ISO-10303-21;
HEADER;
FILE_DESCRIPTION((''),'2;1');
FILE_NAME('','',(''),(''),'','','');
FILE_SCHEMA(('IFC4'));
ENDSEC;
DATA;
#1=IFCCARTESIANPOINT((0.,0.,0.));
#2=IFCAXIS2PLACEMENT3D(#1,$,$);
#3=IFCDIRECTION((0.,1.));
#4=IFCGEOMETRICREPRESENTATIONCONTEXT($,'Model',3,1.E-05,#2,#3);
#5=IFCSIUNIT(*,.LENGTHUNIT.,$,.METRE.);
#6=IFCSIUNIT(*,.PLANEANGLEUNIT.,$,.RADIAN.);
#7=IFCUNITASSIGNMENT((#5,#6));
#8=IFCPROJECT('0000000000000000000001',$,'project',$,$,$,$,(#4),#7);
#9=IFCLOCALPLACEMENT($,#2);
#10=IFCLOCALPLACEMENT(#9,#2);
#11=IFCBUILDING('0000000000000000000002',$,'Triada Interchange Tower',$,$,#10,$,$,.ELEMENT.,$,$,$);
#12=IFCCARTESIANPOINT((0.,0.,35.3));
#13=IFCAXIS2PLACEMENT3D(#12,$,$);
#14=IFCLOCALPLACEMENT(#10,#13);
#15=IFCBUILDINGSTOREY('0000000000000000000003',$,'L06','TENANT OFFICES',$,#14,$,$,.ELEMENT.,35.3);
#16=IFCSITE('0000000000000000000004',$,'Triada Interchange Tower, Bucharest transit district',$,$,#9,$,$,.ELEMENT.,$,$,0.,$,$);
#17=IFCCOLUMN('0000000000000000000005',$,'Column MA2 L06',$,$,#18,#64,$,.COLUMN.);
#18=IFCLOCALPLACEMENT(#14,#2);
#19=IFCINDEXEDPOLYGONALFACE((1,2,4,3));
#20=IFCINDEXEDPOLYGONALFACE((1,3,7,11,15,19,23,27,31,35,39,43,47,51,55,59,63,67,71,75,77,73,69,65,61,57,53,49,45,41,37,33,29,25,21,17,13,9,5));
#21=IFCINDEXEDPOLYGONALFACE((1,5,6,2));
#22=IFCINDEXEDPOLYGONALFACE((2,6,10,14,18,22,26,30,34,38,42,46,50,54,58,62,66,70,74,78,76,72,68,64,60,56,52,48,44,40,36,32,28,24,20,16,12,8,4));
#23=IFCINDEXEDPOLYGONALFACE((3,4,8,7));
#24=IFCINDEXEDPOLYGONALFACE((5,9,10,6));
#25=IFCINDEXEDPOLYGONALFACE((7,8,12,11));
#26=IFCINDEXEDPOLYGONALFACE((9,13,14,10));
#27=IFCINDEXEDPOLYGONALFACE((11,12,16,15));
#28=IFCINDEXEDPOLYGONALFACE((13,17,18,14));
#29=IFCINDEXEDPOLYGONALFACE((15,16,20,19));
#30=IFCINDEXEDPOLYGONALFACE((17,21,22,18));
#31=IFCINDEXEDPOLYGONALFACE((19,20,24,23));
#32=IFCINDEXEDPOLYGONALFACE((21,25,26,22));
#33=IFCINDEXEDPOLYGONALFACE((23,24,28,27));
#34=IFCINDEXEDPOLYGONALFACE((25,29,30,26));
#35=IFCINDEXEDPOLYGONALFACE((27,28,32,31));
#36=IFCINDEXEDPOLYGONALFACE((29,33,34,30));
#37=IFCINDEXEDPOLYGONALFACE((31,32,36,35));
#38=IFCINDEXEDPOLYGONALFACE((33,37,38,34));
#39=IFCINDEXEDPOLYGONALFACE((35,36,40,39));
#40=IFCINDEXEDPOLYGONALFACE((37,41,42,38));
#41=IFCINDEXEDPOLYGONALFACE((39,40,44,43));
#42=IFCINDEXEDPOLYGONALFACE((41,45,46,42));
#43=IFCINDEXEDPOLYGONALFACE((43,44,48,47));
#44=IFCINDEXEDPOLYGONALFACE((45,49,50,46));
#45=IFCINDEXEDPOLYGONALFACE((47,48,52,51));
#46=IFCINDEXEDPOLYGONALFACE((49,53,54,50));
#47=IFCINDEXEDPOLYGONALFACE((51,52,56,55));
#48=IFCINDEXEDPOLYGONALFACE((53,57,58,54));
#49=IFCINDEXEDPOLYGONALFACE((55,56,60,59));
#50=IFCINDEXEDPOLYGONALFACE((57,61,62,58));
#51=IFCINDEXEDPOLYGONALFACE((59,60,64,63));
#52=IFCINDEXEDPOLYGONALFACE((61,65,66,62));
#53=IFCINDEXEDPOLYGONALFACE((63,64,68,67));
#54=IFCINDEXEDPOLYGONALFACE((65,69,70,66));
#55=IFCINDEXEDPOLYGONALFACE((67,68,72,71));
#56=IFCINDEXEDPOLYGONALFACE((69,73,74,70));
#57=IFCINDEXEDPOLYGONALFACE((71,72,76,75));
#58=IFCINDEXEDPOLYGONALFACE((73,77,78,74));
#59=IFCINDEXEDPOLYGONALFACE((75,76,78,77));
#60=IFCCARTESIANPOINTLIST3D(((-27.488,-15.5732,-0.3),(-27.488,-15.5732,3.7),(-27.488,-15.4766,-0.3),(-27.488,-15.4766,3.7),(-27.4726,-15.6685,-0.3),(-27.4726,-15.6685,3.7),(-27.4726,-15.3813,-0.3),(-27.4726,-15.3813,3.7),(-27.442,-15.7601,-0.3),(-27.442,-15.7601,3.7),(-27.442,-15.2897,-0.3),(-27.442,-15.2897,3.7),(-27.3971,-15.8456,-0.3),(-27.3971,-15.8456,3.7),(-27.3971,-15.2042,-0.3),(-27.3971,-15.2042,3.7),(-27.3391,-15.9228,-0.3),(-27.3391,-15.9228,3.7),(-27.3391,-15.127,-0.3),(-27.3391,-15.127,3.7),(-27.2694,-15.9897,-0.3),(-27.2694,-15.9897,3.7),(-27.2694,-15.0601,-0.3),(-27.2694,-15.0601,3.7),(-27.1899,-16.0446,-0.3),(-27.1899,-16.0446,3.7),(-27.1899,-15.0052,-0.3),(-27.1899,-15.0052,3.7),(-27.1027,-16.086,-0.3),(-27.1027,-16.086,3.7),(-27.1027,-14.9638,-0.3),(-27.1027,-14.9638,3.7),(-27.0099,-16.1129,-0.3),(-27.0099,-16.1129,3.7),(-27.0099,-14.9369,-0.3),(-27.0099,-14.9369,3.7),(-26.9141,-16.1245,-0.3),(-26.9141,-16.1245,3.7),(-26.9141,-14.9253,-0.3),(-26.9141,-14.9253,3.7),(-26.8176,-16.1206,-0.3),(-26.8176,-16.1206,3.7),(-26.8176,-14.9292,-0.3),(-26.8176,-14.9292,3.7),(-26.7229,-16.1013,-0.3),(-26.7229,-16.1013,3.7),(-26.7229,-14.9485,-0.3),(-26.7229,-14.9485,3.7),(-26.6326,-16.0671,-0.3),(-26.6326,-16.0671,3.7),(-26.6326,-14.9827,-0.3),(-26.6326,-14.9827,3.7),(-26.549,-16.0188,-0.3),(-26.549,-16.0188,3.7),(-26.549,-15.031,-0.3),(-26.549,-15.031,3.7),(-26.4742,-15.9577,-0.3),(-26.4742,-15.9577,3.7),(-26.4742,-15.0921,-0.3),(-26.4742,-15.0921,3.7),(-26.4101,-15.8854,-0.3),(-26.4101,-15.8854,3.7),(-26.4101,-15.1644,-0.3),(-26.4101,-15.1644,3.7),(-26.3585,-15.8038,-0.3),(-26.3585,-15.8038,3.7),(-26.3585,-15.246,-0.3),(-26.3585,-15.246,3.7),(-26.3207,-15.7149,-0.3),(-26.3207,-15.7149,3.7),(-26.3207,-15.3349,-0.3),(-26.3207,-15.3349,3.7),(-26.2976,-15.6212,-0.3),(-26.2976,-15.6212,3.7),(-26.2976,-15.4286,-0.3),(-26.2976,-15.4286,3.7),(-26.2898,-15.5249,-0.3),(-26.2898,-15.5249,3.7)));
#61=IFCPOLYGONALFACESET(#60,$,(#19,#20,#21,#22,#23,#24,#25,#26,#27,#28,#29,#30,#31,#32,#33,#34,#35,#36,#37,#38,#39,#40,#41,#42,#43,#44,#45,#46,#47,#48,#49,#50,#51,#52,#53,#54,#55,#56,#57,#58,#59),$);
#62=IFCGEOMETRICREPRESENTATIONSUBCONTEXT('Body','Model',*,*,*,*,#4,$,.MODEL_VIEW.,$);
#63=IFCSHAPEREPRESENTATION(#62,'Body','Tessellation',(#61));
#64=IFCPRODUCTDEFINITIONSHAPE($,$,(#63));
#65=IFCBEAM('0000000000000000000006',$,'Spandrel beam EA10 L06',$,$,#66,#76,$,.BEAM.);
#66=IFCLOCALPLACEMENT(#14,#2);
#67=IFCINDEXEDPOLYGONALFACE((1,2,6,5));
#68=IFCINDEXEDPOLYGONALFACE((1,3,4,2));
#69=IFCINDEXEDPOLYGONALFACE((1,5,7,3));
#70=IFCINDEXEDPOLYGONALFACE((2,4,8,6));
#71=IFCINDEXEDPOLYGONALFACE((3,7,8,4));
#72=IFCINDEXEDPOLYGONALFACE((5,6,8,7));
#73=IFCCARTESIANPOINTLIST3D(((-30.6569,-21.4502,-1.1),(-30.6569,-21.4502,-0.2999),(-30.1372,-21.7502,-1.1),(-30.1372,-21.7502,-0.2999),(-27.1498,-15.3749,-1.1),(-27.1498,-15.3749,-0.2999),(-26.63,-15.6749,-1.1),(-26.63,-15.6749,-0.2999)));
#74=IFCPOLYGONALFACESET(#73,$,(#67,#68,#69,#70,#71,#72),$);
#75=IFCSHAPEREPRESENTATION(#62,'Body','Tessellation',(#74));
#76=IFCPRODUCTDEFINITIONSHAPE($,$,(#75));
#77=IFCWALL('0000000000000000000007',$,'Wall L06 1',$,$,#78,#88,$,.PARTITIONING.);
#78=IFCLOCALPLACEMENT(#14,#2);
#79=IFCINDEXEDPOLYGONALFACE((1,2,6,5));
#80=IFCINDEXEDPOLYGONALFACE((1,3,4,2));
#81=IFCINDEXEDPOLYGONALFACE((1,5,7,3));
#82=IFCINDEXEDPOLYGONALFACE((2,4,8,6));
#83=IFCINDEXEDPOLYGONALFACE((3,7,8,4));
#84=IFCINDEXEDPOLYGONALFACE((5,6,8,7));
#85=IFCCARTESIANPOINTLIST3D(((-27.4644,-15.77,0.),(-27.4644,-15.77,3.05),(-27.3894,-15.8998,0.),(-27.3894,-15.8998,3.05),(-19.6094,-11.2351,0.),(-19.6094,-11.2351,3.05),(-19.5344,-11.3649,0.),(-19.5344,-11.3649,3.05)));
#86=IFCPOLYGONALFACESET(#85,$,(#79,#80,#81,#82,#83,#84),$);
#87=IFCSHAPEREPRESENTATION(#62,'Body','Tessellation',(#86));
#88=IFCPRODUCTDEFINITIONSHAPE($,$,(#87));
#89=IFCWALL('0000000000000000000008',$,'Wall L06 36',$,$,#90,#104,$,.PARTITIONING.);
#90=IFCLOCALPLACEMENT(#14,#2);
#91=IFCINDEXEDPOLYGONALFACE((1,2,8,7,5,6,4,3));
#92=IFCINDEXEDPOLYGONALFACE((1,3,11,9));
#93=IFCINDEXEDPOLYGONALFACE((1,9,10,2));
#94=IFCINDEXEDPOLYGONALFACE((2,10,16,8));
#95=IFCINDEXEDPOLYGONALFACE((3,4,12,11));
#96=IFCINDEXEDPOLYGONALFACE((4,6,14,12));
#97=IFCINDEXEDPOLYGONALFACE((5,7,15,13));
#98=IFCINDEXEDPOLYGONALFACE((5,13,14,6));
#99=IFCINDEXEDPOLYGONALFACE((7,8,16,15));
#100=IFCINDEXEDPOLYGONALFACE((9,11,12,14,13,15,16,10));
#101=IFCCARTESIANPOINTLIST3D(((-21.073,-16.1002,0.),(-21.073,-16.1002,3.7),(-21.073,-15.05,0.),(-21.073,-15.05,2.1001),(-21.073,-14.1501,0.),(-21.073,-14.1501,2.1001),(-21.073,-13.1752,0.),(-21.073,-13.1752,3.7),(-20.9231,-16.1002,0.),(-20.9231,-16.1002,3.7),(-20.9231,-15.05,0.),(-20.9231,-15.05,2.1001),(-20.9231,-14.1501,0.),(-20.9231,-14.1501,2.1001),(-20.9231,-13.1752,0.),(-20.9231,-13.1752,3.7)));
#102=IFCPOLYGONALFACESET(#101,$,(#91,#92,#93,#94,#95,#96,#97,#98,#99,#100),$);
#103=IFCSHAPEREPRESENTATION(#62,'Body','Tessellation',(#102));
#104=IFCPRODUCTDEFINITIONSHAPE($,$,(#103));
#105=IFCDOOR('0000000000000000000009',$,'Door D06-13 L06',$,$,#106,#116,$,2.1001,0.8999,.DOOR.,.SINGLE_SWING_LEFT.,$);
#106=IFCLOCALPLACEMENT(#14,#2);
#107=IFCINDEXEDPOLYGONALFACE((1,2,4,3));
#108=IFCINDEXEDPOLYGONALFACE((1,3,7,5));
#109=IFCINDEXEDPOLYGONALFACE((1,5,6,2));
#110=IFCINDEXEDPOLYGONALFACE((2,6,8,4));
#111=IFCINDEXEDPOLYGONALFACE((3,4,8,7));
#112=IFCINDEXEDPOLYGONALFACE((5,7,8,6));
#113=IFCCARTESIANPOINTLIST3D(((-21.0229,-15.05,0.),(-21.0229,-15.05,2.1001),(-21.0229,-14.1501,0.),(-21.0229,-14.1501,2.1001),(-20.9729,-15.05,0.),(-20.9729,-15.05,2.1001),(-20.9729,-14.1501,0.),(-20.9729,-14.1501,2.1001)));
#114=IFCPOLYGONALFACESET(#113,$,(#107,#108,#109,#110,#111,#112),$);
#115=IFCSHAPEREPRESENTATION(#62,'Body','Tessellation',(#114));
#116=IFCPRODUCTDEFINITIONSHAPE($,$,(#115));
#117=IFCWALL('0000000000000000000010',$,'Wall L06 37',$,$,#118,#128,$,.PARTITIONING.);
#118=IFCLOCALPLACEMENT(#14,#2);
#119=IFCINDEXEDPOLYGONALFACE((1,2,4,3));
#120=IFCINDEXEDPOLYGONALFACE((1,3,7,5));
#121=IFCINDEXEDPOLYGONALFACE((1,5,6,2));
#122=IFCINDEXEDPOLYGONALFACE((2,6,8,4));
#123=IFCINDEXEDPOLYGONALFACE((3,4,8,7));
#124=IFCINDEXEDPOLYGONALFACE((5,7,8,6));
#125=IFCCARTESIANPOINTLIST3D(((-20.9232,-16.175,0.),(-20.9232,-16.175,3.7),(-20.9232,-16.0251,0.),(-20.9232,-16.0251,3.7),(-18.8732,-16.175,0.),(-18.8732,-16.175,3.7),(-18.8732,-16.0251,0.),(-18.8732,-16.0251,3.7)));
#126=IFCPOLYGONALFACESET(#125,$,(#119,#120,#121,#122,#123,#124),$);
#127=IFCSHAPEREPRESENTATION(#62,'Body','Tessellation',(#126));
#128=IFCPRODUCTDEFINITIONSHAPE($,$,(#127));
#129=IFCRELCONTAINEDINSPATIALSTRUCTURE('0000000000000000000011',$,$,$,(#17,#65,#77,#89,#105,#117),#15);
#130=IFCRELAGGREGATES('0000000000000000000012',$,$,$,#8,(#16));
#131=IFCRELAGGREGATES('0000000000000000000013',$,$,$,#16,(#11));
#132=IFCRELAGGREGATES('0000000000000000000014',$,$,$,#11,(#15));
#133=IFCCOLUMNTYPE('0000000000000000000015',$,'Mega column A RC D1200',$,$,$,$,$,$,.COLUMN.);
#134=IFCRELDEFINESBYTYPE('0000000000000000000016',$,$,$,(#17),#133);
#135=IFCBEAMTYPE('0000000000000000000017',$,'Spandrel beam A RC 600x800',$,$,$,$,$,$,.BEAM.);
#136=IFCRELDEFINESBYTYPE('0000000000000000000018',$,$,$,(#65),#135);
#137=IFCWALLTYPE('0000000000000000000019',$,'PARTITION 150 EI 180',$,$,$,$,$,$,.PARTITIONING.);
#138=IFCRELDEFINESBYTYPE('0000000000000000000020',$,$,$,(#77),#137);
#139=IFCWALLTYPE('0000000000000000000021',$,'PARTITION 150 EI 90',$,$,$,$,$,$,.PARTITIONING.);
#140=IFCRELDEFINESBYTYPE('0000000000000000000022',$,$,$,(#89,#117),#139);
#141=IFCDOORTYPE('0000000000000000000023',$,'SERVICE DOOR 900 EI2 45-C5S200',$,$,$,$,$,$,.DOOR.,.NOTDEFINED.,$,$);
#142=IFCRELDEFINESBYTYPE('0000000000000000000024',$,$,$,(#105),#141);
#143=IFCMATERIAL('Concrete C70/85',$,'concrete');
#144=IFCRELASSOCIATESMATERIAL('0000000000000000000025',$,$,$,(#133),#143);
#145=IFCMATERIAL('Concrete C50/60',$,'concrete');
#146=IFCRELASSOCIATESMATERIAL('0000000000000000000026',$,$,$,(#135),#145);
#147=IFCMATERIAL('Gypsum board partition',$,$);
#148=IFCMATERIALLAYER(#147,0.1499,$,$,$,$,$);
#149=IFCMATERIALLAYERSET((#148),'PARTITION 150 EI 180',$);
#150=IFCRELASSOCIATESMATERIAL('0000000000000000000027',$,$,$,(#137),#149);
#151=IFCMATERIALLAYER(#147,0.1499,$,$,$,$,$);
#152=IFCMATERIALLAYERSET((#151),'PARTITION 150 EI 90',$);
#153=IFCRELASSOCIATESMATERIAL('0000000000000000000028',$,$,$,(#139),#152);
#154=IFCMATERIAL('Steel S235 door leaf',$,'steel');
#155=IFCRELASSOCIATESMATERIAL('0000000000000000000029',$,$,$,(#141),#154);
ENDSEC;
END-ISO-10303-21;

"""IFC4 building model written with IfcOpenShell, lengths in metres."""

from ifc_helpers import new_model, si_unit, direction, frame, frame_2d, origin, origin_2d, place, context, subcontext, project, spatial, rectangle, circle, extrude, material, layer, layer_set, material_profile, profile_set, type_object, element, fill, save


model = new_model("IFC4")

# Units and contexts
model_context = context("Model", 3, precision=1e-05, world=origin(), true_north=direction((0.0, 1.0)))
body_context = subcontext(model_context, "Body", "Model", "MODEL_VIEW")
ifc_project = project(units=[si_unit("LENGTHUNIT", "METRE"), si_unit("PLANEANGLEUNIT", "RADIAN")], contexts=[model_context])

# Site, building, storey
site_placement = place(None, origin())
site = spatial("IfcSite", under=ifc_project, at=site_placement, Name="Triada Interchange Tower, Bucharest transit district", CompositionType="ELEMENT", RefElevation=0.0)
building_placement = place(site_placement, origin())
building = spatial("IfcBuilding", under=site, at=building_placement, Name="Triada Interchange Tower", CompositionType="ELEMENT")
storey_placement = place(building_placement, frame((0.0, 0.0, 35.3)))
storey = spatial("IfcBuildingStorey", under=building, at=storey_placement, Name="L06", Description="TENANT OFFICES", CompositionType="ELEMENT", Elevation=35.3)

# Column
ifc_material_1 = material(Name="Concrete C70/85", Category="concrete")
ifc_material_profile_1 = material_profile(ifc_material_1, circle(Radius=0.6001, at=origin_2d()), Name="RC D1200")
ifc_profile_set_1 = profile_set([ifc_material_profile_1], Name="Concrete C70/85")
column_type = type_object("IfcColumnType", Name="Mega column A RC D1200", PredefinedType="COLUMN", material=ifc_profile_set_1)
column_placement = place(storey_placement, frame((-26.8899, -15.5249, -0.3), z_axis=(0.0, 0.0, 1.0), x_axis=(1.0, 0.0, 0.0)))
element("IfcColumn", 1, at=column_placement, inside=storey, type_object=column_type, Name="Column MA2 L06", PredefinedType="COLUMN", context=body_context, shape_type="SweptSolid", body=[
    extrude(circle(Radius=0.6001, at=origin_2d()), origin(), (0.0, 0.0, 1.0), 4.0),
])

# Beam
ifc_material_2 = material(Name="Concrete C50/60", Category="concrete")
ifc_material_profile_2 = material_profile(ifc_material_2, rectangle(XDim=0.6001, YDim=0.8, at=origin_2d()), Name="RC 600x800")
ifc_profile_set_2 = profile_set([ifc_material_profile_2], Name="Concrete C50/60")
beam_type = type_object("IfcBeamType", Name="Spandrel beam A RC 600x800", PredefinedType="BEAM", material=ifc_profile_set_2)
beam_placement = place(storey_placement, frame((-26.8899, -15.5249, -0.7), z_axis=(-0.499953, -0.866052, 0.0), x_axis=(0.866052, -0.499953, 0.0)))
element("IfcBeam", 2, at=beam_placement, inside=storey, type_object=beam_type, Name="Spandrel beam EA10 L06", PredefinedType="BEAM", context=body_context, shape_type="SweptSolid", body=[
    extrude(rectangle(XDim=0.6001, YDim=0.8, at=origin_2d()), origin(), (0.0, 0.0, 1.0), 7.0149),
])

# Wall
ifc_material_3 = material(Name="Gypsum board partition")
ifc_layer_1 = layer(ifc_material_3, 0.1499)
ifc_layer_set_1 = layer_set([ifc_layer_1], Name="PARTITION 150 EI 180")
wall_type_1 = type_object("IfcWallType", Name="PARTITION 150 EI 180", PredefinedType="PARTITIONING", material=ifc_layer_set_1)
wall_1_placement = place(storey_placement, frame((-27.427, -15.835, 0.0), z_axis=(0.0, 0.0, 1.0), x_axis=(0.866033, 0.499987, 0.0)))
element("IfcWall", 3, at=wall_1_placement, inside=storey, type_object=wall_type_1, Name="Wall L06 1", PredefinedType="PARTITIONING", context=body_context, shape_type="SweptSolid", body=[
    extrude(rectangle(XDim=9.0701, YDim=0.1499, at=frame_2d((4.5352, 0.0))), origin(), (0.0, 0.0, 1.0), 3.05),
])

# Wall, opening, door
ifc_layer_2 = layer(ifc_material_3, 0.1499)
ifc_layer_set_2 = layer_set([ifc_layer_2], Name="PARTITION 150 EI 90")
wall_type_2 = type_object("IfcWallType", Name="PARTITION 150 EI 90", PredefinedType="PARTITIONING", material=ifc_layer_set_2)
wall_2_placement = place(storey_placement, frame((-20.998, -16.1001, 0.0), z_axis=(0.0, 0.0, 1.0), x_axis=(0.0, 1.0, 0.0)))
wall_2 = element("IfcWall", 4, at=wall_2_placement, inside=storey, type_object=wall_type_2, Name="Wall L06 36", PredefinedType="PARTITIONING", context=body_context, shape_type="SweptSolid", body=[
    extrude(rectangle(XDim=2.925, YDim=0.1499, at=frame_2d((1.4624, 0.0))), origin(), (0.0, 0.0, 1.0), 3.7),
])
opening_placement = place(wall_2_placement, frame((1.05, 0.0, 0.0)))
opening = element("IfcOpeningElement", 5, at=opening_placement, cuts=wall_2, PredefinedType="OPENING", context=body_context, shape_type="SweptSolid", body=[
    extrude(rectangle(XDim=0.8999, YDim=2.1001, at=frame_2d((0.45, 1.05))), frame((0.0, 0.085, 0.0), z_axis=(0.0, -1.0, 0.0), x_axis=(1.0, 0.0, 0.0)), (0.0, 0.0, 1.0), 0.1699),
])
ifc_material_4 = material(Name="Steel S235 door leaf", Category="steel")
door_type = type_object("IfcDoorType", Name="SERVICE DOOR 900 EI2 45-C5S200", OperationType="NOTDEFINED", PredefinedType="DOOR", material=ifc_material_4)
door_placement = place(opening_placement, origin())
door = element("IfcDoor", 6, at=door_placement, inside=storey, type_object=door_type, Name="Door D06-13 L06", OperationType="SINGLE_SWING_LEFT", OverallHeight=2.1001, OverallWidth=0.8999, PredefinedType="DOOR", context=body_context, shape_type="SweptSolid", body=[
    extrude(rectangle(XDim=0.8999, YDim=2.1001, at=frame_2d((0.45, 1.05))), frame((0.0, 0.0249, 0.0), z_axis=(0.0, -1.0, 0.0), x_axis=(1.0, 0.0, 0.0)), (0.0, 0.0, 1.0), 0.05),
])
fill(opening, door)

# Wall
wall_3_placement = place(storey_placement, frame((-20.9231, -16.1001, 0.0), z_axis=(0.0, 0.0, 1.0), x_axis=(1.0, 0.0, 0.0)))
element("IfcWall", 7, at=wall_3_placement, inside=storey, type_object=wall_type_2, Name="Wall L06 37", PredefinedType="PARTITIONING", context=body_context, shape_type="SweptSolid", body=[
    extrude(rectangle(XDim=2.05, YDim=0.1499, at=frame_2d((1.0249, 0.0))), origin(), (0.0, 0.0, 1.0), 3.7),
])

save(model, "model.ifc")
